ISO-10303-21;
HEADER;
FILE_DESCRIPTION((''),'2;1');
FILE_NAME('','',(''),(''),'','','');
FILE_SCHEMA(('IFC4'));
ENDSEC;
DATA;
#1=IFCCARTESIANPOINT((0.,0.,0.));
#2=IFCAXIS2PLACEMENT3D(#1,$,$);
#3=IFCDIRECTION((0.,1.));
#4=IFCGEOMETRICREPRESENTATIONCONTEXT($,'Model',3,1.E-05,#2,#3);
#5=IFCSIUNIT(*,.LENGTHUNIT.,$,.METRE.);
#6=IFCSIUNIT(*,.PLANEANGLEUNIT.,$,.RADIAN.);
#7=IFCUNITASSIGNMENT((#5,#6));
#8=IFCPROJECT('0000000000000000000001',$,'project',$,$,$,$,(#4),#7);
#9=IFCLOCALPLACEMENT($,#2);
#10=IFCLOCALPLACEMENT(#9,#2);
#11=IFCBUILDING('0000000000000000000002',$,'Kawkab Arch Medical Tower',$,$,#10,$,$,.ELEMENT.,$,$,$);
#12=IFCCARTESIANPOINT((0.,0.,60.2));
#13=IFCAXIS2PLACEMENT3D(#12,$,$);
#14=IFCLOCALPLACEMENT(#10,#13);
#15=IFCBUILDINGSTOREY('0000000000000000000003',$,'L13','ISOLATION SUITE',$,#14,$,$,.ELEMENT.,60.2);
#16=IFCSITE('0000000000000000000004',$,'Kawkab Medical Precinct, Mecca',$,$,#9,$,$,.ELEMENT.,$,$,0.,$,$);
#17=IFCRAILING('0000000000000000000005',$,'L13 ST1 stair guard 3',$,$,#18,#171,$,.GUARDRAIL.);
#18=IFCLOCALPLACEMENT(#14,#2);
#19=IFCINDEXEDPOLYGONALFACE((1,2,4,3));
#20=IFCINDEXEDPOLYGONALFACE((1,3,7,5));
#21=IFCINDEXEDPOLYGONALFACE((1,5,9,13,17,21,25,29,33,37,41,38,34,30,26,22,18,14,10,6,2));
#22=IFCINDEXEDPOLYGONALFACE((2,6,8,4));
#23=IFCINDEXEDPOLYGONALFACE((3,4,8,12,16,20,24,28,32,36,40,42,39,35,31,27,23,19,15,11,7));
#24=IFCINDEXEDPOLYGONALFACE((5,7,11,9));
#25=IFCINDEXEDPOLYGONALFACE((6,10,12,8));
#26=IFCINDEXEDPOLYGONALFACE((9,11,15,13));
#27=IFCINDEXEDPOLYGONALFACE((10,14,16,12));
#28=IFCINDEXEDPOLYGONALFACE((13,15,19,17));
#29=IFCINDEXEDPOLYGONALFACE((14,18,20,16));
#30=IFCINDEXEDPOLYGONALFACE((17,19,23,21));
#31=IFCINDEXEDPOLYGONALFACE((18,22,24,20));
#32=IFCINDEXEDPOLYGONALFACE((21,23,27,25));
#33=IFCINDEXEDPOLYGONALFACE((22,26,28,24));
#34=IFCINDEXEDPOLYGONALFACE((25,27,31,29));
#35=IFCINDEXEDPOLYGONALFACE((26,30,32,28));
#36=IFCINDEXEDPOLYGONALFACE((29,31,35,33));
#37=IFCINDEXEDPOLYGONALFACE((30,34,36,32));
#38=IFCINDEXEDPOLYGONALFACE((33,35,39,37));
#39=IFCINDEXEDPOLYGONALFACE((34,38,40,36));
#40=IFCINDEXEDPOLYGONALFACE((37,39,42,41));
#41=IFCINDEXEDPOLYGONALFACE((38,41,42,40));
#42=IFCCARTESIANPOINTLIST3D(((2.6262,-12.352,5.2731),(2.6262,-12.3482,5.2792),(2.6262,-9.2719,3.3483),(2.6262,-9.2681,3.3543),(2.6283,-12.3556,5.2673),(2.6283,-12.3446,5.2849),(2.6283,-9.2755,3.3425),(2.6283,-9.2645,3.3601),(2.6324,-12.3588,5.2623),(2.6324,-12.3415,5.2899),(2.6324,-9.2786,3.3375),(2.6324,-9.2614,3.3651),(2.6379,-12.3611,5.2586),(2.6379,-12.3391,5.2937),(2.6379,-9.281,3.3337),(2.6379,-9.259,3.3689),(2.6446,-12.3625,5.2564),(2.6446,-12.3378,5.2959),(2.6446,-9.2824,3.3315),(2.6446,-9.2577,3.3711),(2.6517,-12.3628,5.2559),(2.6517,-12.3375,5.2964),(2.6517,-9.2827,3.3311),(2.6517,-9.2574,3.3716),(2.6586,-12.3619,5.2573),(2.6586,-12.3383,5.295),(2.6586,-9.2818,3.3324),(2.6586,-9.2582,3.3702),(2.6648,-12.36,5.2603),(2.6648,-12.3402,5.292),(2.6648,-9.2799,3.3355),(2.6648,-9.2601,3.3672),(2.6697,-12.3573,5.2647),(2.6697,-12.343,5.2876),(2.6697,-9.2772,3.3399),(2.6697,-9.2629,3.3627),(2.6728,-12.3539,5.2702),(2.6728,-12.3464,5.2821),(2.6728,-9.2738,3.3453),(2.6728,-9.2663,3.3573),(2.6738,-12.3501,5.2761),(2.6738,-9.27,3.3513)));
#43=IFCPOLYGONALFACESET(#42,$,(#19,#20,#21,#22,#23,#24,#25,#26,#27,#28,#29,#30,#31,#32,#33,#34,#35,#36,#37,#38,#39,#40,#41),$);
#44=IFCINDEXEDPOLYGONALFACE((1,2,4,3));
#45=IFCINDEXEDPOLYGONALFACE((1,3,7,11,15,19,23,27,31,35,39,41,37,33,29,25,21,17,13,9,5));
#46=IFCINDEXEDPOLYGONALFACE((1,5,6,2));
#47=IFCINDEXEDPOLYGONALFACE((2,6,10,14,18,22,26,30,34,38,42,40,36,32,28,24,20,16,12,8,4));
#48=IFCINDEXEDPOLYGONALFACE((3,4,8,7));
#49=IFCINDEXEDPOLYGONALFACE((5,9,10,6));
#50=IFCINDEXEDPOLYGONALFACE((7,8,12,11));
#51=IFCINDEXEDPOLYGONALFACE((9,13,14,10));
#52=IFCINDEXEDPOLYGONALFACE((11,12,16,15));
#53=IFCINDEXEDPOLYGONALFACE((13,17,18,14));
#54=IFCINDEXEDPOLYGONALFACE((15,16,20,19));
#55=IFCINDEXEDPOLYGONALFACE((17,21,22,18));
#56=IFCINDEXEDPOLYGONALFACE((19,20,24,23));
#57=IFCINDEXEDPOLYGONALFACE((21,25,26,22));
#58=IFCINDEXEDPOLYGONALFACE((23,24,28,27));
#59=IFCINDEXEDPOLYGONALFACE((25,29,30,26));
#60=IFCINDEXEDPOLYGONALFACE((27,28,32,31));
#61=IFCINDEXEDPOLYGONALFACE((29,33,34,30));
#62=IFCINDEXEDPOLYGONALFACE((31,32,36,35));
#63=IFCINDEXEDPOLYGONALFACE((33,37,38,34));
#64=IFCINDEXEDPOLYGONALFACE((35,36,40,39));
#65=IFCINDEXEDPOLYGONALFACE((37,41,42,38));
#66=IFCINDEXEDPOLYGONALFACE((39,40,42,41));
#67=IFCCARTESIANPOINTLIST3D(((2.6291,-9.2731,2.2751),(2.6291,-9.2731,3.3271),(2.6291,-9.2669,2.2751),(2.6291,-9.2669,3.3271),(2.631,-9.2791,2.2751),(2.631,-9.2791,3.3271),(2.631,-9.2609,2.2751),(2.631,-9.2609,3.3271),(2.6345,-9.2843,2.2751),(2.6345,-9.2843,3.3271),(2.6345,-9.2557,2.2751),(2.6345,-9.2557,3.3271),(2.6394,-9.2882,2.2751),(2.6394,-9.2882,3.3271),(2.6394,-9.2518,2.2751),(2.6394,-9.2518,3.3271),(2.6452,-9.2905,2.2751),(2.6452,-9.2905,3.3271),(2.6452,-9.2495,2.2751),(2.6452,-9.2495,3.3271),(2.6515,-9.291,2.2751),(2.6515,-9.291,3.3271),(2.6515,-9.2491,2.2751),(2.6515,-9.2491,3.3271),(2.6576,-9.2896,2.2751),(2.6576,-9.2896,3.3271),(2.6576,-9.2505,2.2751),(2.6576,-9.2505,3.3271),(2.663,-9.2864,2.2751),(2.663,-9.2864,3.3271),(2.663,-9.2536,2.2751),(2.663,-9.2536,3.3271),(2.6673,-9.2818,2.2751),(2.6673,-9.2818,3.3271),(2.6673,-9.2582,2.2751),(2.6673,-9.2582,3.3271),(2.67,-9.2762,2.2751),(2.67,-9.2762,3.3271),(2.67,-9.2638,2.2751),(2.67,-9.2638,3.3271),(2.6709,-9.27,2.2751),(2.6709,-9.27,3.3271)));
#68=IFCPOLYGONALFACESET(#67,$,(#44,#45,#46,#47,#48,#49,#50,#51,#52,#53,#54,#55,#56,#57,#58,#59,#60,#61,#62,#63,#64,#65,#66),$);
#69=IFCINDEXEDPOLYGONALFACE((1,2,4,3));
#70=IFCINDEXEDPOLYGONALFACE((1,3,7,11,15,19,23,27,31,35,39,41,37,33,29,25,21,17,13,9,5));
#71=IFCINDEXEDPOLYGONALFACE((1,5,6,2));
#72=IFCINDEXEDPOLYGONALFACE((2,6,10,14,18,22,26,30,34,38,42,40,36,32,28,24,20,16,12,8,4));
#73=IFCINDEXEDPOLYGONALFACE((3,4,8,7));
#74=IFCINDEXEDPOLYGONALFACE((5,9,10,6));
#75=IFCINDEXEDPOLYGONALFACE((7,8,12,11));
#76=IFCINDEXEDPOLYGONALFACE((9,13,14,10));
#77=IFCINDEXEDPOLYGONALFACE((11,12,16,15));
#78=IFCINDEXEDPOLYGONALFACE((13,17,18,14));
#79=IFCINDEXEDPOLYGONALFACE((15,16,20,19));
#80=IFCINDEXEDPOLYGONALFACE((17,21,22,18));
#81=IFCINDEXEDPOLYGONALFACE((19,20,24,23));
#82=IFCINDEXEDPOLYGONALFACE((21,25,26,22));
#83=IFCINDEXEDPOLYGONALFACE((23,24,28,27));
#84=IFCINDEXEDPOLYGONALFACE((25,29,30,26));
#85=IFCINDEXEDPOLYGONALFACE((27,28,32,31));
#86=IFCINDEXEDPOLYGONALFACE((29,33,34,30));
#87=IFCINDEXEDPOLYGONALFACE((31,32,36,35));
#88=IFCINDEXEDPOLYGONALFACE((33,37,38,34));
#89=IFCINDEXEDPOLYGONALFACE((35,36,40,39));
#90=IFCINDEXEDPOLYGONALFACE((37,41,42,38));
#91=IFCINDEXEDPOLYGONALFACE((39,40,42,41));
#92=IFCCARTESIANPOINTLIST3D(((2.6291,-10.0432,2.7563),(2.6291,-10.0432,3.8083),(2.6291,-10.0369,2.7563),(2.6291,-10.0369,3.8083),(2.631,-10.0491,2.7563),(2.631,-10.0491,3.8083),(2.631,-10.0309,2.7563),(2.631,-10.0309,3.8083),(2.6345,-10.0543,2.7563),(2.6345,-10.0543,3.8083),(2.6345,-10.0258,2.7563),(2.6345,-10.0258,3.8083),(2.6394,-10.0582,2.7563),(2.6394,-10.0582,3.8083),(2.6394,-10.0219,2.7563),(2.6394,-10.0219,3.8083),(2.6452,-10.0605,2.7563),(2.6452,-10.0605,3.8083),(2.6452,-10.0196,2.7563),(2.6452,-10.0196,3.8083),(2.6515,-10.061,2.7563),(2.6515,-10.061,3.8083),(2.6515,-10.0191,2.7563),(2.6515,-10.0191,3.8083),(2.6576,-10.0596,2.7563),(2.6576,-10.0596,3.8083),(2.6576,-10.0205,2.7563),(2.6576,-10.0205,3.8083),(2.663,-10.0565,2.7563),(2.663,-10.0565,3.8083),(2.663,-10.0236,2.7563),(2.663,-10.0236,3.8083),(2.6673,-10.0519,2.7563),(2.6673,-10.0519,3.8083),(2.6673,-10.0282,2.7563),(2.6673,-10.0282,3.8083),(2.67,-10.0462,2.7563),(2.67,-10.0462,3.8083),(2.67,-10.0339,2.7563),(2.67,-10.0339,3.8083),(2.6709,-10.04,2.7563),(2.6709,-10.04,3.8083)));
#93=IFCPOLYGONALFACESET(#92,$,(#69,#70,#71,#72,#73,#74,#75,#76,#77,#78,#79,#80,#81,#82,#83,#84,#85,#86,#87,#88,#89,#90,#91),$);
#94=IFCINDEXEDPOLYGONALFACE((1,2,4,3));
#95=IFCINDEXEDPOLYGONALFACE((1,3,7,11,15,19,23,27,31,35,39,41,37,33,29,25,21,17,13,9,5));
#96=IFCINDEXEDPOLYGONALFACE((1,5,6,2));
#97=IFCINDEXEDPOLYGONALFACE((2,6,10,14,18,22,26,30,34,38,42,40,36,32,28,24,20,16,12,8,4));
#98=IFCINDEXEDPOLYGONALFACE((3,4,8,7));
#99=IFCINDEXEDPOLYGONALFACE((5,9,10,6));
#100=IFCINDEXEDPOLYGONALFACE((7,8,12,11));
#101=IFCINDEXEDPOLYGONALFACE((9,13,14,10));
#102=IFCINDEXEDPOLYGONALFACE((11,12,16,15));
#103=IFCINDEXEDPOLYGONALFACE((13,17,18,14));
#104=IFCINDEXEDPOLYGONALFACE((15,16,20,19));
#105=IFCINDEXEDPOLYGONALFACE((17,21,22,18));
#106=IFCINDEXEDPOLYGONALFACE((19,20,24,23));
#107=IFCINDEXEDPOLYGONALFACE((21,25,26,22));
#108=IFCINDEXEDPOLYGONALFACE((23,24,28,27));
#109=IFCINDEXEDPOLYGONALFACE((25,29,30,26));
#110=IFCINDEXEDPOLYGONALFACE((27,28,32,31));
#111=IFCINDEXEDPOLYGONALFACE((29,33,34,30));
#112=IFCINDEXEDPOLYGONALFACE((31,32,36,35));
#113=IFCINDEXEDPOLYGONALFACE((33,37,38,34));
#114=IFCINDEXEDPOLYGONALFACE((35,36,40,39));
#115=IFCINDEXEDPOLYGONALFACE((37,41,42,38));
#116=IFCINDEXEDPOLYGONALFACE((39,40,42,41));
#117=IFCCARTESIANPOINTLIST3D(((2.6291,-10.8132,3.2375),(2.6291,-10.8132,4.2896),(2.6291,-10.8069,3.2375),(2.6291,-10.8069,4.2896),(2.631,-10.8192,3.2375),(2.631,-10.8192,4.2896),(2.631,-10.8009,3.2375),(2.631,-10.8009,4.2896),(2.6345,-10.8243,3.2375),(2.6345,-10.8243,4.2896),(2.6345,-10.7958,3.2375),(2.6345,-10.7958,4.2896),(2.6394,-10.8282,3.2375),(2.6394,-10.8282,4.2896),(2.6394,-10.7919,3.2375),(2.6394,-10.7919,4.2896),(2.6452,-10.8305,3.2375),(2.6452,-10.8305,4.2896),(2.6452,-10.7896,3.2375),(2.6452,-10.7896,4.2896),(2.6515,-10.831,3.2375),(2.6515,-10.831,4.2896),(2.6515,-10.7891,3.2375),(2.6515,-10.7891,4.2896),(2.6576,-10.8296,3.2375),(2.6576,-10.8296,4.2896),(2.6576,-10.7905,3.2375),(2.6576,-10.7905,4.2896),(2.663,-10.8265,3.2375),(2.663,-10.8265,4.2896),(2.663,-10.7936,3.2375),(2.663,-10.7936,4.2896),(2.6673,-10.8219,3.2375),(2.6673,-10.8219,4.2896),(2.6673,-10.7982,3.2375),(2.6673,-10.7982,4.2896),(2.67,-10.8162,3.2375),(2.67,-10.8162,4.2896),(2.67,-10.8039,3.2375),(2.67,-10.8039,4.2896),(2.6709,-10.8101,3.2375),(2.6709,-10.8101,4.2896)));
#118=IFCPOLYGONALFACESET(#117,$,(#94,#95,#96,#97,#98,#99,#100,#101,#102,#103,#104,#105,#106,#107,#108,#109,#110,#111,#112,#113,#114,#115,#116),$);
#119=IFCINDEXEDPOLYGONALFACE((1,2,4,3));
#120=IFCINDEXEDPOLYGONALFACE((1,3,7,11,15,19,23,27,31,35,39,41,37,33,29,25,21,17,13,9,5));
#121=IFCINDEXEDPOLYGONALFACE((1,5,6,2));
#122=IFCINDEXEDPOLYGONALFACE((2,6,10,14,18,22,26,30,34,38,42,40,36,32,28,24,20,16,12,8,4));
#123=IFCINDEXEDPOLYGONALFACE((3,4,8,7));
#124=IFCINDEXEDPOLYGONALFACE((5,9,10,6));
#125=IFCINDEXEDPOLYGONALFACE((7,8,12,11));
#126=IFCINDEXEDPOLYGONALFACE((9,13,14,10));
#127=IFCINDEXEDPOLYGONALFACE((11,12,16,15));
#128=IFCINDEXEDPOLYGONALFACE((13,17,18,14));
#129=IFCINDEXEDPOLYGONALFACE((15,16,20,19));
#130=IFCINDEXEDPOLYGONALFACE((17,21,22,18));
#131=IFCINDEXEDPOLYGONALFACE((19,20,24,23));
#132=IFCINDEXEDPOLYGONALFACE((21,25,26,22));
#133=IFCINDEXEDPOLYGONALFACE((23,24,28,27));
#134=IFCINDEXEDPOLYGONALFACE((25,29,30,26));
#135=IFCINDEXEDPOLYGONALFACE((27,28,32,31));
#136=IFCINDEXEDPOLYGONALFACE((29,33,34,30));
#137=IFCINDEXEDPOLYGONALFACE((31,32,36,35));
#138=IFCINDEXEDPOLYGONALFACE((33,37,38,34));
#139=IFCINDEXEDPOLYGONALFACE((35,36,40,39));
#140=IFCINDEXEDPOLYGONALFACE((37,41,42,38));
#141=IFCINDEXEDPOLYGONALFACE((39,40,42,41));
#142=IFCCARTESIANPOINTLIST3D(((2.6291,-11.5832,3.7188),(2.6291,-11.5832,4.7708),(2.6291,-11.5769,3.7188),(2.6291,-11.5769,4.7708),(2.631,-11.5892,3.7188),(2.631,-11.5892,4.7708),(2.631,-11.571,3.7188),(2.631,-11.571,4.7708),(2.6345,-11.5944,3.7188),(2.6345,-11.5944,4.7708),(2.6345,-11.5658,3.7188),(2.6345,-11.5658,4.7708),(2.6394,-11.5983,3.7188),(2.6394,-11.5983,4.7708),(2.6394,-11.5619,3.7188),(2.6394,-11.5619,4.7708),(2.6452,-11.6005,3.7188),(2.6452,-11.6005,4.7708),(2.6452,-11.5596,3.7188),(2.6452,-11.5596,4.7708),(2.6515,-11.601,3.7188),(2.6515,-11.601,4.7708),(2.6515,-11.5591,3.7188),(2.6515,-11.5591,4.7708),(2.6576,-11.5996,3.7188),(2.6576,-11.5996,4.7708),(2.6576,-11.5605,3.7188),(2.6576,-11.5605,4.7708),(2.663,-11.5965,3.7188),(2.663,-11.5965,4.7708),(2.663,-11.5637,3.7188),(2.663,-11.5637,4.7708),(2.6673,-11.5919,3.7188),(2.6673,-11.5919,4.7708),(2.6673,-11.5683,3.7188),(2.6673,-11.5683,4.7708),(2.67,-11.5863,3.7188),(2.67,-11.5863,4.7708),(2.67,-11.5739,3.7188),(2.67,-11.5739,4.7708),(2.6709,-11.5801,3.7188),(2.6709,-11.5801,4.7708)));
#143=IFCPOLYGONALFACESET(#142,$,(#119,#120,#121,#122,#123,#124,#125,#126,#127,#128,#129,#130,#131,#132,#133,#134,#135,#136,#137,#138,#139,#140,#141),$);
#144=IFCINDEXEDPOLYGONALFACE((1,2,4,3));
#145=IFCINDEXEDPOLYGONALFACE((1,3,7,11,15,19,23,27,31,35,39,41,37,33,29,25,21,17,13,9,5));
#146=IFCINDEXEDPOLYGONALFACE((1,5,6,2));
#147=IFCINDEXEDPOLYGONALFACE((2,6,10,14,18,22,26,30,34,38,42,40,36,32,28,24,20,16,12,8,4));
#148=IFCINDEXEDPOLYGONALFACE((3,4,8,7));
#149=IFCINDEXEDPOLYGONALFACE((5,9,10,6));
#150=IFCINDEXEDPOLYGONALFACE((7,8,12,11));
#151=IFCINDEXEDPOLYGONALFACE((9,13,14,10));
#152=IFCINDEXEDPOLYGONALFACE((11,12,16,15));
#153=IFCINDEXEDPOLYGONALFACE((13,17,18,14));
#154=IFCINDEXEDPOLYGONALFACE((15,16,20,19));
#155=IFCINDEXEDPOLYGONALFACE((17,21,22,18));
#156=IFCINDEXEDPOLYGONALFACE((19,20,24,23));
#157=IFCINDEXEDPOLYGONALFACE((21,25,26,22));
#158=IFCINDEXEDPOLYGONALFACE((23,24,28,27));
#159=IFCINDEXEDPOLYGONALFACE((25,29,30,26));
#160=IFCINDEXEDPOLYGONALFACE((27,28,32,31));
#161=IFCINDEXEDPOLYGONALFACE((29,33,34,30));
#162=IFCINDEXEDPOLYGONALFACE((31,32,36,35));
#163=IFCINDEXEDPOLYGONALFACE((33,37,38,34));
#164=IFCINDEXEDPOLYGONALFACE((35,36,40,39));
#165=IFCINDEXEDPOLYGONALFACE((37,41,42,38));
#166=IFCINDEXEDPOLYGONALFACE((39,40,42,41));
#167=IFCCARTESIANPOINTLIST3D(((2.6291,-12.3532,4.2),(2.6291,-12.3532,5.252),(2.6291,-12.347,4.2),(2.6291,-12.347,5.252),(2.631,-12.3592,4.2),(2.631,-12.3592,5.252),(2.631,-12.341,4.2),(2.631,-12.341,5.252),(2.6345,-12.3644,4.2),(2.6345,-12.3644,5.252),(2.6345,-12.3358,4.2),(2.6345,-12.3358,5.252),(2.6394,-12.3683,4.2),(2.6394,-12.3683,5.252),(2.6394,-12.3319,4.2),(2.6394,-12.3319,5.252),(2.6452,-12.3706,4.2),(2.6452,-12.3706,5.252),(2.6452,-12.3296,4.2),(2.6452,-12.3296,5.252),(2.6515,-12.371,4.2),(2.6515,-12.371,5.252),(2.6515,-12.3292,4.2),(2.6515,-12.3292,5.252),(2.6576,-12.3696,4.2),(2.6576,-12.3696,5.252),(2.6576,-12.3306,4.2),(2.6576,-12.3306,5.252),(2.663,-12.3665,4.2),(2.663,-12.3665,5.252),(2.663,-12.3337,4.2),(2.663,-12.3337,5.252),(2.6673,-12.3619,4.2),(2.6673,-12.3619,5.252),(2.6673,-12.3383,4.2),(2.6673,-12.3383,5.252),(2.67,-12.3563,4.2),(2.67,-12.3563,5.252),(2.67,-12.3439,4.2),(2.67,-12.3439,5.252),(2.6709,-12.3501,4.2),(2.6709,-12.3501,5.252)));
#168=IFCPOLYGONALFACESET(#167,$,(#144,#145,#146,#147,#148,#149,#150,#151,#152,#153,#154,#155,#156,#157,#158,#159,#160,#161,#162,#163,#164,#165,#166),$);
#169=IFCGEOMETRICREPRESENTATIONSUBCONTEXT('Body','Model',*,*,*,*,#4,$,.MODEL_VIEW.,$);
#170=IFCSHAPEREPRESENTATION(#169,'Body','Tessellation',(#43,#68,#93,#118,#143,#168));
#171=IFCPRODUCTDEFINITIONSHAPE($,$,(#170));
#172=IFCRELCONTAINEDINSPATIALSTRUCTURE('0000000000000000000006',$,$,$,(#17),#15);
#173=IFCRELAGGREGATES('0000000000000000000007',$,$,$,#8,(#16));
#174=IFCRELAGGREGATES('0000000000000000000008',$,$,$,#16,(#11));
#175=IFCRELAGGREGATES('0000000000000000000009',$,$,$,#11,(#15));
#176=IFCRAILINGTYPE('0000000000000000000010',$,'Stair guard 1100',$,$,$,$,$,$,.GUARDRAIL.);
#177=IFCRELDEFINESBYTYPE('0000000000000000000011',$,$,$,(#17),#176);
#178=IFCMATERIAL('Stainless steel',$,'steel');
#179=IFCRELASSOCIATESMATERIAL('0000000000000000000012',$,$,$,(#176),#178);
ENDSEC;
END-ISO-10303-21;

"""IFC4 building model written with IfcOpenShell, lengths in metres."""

from ifc_helpers import new_model, si_unit, direction, frame, origin, origin_2d, place, context, subcontext, project, spatial, circle, extrude, material, type_object, element, save


model = new_model("IFC4")

# Units and contexts
model_context = context("Model", 3, precision=1e-05, world=origin(), true_north=direction((0.0, 1.0)))
body_context = subcontext(model_context, "Body", "Model", "MODEL_VIEW")
ifc_project = project(units=[si_unit("LENGTHUNIT", "METRE"), si_unit("PLANEANGLEUNIT", "RADIAN")], contexts=[model_context])

# Site, building, storey
site_placement = place(None, origin())
site = spatial("IfcSite", under=ifc_project, at=site_placement, Name="Kawkab Medical Precinct, Mecca", CompositionType="ELEMENT", RefElevation=0.0)
building_placement = place(site_placement, origin())
building = spatial("IfcBuilding", under=site, at=building_placement, Name="Kawkab Arch Medical Tower", CompositionType="ELEMENT")
storey_placement = place(building_placement, frame((0.0, 0.0, 60.2)))
storey = spatial("IfcBuildingStorey", under=building, at=storey_placement, Name="L13", Description="ISOLATION SUITE", CompositionType="ELEMENT", Elevation=60.2)

# Railing
ifc_material_1 = material(Name="Stainless steel", Category="steel")
railing_type_1 = type_object("IfcRailingType", Name="Stair guard 1100", PredefinedType="GUARDRAIL", material=ifc_material_1)
railing_1_placement = place(storey_placement, frame((2.6499, -9.27, 2.2751)))
element("IfcRailing", 1, at=railing_1_placement, inside=storey, type_object=railing_type_1, Name="L13 ST1 stair guard 3", PredefinedType="GUARDRAIL", context=body_context, shape_type="SweptSolid", body=[
    extrude(circle(Radius=0.0239, at=origin_2d()), frame((0.0, 0.0, 1.0762), z_axis=(0.0, -0.848029, 0.529951), x_axis=(1.0, 0.0, 0.0)), (0.0, 0.0, 1.0), 3.6321),
    extrude(circle(Radius=0.021, at=origin_2d()), origin(), (0.0, 0.0, 1.0), 1.052),
    extrude(circle(Radius=0.021, at=origin_2d()), frame((0.0, -0.77, 0.4812)), (0.0, 0.0, 1.0), 1.052),
    extrude(circle(Radius=0.021, at=origin_2d()), frame((0.0, -1.54, 0.9624)), (0.0, 0.0, 1.0), 1.052),
    extrude(circle(Radius=0.021, at=origin_2d()), frame((0.0, -2.3101, 1.4436)), (0.0, 0.0, 1.0), 1.052),
    extrude(circle(Radius=0.021, at=origin_2d()), frame((0.0, -3.0801, 1.9248)), (0.0, 0.0, 1.0), 1.052),
])

save(model, "model.ifc")
